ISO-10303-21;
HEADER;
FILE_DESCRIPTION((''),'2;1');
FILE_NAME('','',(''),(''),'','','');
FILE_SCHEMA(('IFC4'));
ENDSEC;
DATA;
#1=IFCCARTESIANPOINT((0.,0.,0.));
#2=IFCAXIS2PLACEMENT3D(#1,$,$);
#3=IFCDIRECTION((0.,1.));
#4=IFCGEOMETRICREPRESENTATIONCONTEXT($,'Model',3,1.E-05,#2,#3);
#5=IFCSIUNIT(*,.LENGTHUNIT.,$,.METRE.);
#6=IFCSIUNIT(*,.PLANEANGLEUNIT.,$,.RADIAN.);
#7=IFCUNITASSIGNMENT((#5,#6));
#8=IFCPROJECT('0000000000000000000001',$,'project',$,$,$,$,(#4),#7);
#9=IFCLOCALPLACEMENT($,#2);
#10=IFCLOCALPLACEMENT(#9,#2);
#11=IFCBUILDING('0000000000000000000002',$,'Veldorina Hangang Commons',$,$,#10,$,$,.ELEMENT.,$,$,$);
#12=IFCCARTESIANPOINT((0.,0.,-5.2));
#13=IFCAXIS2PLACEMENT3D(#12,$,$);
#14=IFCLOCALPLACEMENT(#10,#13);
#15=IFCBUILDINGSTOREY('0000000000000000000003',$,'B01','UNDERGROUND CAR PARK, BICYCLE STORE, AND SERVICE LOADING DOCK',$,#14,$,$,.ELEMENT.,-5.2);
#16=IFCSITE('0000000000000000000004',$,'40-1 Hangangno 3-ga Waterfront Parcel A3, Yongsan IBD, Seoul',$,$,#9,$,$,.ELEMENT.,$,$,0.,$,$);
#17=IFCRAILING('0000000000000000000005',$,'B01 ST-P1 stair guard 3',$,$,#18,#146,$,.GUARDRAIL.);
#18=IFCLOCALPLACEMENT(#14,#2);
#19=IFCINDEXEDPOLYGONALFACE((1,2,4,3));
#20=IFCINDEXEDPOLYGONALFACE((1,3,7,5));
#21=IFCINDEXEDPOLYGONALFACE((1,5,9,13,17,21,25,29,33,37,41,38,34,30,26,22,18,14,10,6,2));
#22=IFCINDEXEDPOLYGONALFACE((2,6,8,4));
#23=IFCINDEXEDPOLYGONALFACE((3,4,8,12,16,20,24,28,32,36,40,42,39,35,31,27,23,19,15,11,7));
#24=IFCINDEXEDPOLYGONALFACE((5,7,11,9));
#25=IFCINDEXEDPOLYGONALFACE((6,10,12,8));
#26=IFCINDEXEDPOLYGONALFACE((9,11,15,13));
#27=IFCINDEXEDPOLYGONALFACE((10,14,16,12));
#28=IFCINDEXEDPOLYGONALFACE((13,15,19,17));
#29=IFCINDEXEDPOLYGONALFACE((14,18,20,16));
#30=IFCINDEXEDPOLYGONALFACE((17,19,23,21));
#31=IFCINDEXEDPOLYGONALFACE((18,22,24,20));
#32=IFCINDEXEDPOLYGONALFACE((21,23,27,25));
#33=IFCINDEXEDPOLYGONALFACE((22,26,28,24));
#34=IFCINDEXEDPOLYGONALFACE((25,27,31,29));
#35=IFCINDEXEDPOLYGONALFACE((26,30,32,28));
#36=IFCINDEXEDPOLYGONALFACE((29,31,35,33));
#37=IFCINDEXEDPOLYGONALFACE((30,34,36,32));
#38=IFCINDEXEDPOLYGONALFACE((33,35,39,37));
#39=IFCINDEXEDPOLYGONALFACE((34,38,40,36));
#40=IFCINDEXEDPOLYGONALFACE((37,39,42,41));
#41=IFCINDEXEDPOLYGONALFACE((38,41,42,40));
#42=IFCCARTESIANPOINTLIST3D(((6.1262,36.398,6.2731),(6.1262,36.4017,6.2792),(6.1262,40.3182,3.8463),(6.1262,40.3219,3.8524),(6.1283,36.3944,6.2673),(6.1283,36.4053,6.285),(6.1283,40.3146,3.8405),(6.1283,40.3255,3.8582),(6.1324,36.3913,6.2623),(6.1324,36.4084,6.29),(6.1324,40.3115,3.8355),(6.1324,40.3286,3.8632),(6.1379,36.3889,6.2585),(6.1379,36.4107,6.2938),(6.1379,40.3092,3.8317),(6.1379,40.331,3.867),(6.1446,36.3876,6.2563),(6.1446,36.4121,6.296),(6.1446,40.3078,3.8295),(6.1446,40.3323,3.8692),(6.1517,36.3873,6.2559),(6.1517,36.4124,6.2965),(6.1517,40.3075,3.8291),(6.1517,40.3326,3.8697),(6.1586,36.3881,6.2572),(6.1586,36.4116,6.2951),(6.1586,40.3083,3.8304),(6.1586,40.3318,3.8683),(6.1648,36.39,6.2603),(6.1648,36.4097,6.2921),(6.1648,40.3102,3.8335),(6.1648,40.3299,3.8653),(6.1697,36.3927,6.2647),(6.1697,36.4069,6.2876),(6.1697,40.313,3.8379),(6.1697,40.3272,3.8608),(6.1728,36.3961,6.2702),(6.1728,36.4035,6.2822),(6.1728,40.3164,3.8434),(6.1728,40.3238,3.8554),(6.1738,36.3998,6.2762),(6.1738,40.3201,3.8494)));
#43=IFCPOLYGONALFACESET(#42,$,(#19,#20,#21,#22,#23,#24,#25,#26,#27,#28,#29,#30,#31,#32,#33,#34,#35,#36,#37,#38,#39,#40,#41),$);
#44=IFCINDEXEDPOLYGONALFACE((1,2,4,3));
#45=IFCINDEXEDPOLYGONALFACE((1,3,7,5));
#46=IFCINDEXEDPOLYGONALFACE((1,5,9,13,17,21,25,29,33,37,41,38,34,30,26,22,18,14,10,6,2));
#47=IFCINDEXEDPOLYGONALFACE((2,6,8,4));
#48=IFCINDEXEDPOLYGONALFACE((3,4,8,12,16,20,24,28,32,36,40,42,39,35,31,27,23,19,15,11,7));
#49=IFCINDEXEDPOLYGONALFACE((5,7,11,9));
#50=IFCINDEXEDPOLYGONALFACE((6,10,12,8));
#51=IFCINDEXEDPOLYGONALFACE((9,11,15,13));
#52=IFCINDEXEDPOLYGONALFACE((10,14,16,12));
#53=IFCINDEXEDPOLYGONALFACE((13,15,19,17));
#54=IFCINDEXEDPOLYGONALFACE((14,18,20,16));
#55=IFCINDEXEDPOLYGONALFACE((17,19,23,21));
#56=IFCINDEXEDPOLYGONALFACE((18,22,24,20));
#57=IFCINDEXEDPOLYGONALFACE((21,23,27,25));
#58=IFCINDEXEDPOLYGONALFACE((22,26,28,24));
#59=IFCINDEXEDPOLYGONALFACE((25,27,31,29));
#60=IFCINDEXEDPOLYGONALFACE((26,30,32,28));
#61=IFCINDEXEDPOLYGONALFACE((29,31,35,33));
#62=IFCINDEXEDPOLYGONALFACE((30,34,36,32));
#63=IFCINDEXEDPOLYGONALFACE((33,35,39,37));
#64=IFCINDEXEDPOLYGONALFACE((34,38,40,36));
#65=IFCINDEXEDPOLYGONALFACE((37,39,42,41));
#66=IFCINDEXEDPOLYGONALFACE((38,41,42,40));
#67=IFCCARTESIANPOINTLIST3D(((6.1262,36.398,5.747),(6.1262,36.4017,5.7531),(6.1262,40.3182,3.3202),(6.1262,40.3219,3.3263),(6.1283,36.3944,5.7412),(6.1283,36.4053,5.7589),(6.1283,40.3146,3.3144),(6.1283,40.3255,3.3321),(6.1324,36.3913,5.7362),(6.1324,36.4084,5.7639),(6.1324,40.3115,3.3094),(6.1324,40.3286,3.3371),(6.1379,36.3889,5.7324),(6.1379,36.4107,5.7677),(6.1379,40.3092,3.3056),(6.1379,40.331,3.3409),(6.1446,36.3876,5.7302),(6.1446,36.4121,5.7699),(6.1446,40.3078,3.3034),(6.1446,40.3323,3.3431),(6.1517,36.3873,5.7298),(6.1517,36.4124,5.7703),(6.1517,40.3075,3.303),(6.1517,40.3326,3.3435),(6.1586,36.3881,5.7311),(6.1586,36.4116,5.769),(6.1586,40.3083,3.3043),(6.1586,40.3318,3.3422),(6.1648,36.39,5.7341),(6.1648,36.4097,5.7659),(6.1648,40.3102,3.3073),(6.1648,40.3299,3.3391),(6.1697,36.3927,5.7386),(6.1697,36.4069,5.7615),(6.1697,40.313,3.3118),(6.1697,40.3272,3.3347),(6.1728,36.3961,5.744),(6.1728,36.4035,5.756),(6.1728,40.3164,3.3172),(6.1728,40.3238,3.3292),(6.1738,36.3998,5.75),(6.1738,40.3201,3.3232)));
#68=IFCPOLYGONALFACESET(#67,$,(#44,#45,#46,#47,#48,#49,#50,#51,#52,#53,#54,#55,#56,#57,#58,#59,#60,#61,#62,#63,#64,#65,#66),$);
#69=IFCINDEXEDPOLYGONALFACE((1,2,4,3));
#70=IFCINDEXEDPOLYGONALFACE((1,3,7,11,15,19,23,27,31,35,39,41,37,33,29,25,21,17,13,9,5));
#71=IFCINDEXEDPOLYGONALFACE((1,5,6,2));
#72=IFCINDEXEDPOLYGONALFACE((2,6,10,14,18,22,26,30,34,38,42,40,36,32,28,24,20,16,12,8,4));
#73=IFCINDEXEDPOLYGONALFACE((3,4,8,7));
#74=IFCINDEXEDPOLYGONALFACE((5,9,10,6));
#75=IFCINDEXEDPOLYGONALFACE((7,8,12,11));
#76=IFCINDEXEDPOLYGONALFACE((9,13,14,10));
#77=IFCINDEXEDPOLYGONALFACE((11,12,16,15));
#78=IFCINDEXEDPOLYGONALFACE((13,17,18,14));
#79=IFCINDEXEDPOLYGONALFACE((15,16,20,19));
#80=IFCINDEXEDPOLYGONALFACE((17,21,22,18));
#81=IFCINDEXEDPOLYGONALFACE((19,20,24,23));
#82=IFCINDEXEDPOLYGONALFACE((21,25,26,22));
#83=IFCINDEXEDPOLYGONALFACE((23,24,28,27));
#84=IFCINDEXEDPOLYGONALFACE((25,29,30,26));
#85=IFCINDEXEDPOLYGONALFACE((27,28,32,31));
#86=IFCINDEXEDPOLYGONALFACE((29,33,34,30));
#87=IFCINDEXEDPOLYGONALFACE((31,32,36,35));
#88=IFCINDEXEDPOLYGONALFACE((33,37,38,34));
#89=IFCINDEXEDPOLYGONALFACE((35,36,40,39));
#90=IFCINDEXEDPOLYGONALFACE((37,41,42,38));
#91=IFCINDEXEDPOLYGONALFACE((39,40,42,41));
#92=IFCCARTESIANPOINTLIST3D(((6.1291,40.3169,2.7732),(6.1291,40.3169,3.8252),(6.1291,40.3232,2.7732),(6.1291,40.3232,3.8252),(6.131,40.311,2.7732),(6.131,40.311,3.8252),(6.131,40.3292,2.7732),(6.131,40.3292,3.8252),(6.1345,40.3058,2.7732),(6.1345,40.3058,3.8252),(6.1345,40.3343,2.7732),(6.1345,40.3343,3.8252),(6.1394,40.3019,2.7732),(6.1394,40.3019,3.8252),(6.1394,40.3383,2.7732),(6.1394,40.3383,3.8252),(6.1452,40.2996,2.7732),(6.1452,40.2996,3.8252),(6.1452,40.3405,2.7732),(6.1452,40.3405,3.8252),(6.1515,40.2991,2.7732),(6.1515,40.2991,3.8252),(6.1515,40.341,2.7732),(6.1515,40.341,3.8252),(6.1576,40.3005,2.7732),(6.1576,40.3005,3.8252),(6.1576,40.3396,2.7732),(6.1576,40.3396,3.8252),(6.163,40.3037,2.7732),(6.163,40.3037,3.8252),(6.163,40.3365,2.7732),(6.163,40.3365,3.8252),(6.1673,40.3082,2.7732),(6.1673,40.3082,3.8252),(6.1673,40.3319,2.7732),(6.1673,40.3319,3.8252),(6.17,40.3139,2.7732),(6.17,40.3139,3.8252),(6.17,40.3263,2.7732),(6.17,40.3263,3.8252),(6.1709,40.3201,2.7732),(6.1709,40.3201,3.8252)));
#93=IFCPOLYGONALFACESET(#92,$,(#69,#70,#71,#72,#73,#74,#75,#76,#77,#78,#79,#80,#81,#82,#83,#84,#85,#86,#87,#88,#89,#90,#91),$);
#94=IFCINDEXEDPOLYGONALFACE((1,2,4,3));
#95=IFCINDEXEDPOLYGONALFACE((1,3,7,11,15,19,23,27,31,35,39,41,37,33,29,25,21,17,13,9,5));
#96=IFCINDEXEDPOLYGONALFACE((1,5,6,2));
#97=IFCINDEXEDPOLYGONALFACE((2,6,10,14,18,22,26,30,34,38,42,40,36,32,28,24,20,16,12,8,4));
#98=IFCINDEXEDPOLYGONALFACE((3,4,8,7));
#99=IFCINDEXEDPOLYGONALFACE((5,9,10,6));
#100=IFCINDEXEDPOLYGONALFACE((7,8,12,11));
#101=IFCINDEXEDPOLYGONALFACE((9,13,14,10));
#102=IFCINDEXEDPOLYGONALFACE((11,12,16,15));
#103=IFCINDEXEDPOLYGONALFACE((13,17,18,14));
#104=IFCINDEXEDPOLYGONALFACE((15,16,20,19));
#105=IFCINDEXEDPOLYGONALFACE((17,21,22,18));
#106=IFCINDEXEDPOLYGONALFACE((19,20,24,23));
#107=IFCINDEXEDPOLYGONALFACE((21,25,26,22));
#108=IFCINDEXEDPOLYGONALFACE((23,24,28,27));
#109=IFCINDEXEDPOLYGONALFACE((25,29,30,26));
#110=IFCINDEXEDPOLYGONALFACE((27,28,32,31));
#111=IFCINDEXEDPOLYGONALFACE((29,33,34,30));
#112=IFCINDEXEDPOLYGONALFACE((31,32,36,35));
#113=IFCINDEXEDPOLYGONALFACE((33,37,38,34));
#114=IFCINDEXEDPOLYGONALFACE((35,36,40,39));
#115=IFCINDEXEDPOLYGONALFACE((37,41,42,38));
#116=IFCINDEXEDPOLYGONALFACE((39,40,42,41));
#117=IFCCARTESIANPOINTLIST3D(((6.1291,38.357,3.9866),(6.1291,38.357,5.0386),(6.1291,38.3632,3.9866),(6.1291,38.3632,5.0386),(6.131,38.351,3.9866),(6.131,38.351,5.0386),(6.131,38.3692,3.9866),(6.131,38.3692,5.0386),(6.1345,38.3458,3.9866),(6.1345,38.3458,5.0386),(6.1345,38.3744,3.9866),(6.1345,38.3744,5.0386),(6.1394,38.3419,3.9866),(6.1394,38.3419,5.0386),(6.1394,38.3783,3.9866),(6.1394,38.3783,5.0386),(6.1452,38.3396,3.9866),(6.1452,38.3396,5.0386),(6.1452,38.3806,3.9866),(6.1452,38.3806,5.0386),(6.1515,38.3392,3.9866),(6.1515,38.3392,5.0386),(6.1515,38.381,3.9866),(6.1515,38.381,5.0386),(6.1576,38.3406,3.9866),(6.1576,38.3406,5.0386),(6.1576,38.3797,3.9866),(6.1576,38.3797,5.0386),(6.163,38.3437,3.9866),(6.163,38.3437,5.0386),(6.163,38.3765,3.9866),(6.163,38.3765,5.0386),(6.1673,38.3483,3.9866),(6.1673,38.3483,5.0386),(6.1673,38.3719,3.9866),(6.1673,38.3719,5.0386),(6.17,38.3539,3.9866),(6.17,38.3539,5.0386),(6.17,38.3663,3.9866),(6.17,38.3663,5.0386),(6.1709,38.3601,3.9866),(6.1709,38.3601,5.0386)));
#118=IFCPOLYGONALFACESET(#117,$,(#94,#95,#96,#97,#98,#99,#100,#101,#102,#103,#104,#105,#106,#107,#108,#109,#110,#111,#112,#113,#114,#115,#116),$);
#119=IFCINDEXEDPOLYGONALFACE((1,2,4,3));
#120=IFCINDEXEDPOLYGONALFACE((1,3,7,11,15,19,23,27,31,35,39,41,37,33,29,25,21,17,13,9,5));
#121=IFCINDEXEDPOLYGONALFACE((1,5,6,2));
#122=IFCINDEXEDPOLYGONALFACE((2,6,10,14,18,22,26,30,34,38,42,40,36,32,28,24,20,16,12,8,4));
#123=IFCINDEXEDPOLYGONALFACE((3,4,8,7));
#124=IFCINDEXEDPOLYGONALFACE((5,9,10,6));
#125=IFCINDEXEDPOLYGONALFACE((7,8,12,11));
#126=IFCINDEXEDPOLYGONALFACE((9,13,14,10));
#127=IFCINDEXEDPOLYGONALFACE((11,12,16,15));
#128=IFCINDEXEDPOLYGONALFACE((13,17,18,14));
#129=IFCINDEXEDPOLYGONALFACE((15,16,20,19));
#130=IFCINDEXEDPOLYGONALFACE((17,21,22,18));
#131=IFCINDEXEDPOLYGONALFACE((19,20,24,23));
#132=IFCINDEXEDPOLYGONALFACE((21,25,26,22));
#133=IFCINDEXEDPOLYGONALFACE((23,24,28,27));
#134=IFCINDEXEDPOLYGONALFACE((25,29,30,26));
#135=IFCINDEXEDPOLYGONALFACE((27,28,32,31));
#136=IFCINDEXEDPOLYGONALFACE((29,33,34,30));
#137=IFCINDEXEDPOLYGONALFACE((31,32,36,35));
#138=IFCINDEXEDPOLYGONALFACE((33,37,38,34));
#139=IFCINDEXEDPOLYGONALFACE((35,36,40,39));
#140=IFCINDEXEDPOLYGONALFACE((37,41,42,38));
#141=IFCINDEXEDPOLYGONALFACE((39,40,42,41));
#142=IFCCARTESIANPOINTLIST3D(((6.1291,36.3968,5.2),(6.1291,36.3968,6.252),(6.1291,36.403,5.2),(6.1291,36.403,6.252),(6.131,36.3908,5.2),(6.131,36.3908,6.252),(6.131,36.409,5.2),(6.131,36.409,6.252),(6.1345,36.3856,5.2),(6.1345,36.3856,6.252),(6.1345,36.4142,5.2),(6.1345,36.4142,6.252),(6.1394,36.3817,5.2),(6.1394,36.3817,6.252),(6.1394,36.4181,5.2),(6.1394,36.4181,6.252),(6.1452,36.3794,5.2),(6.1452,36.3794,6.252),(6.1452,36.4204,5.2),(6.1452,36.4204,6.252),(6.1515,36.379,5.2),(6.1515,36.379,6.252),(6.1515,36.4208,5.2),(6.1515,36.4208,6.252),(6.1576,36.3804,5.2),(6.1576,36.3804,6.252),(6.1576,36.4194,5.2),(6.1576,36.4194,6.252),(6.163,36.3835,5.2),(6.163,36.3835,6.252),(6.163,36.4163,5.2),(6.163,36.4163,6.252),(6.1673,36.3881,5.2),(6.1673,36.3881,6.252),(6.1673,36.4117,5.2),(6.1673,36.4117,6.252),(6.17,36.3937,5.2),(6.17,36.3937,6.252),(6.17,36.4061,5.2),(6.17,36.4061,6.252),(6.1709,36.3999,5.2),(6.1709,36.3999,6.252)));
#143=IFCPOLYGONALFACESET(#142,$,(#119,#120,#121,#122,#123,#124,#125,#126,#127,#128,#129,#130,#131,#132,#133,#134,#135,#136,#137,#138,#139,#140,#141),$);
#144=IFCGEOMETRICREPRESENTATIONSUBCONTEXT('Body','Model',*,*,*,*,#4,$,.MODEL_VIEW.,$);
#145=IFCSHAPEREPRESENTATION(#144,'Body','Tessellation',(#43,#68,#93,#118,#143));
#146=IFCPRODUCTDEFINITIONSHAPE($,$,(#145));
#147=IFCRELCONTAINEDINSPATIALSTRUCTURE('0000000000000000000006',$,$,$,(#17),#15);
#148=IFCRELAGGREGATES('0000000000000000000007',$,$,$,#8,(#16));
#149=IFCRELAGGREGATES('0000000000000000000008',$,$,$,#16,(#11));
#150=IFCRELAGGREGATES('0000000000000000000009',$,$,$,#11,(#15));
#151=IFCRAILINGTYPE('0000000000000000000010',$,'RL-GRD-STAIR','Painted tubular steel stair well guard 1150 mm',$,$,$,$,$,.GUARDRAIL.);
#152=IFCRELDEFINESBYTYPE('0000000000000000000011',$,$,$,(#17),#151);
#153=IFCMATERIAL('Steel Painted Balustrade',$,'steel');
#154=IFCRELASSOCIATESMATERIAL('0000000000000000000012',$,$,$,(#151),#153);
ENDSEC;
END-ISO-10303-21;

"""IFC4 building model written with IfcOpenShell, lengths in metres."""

from ifc_helpers import new_model, si_unit, direction, frame, origin, origin_2d, place, context, subcontext, project, spatial, circle, extrude, material, type_object, element, save


model = new_model("IFC4")

# Units and contexts
model_context = context("Model", 3, precision=1e-05, world=origin(), true_north=direction((0.0, 1.0)))
body_context = subcontext(model_context, "Body", "Model", "MODEL_VIEW")
ifc_project = project(units=[si_unit("LENGTHUNIT", "METRE"), si_unit("PLANEANGLEUNIT", "RADIAN")], contexts=[model_context])

# Site, building, storey
site_placement = place(None, origin())
site = spatial("IfcSite", under=ifc_project, at=site_placement, Name="40-1 Hangangno 3-ga Waterfront Parcel A3, Yongsan IBD, Seoul", CompositionType="ELEMENT", RefElevation=0.0)
building_placement = place(site_placement, origin())
building = spatial("IfcBuilding", under=site, at=building_placement, Name="Veldorina Hangang Commons", CompositionType="ELEMENT")
storey_placement = place(building_placement, frame((0.0, 0.0, -5.2)))
storey = spatial("IfcBuildingStorey", under=building, at=storey_placement, Name="B01", Description="UNDERGROUND CAR PARK, BICYCLE STORE, AND SERVICE LOADING DOCK", CompositionType="ELEMENT", Elevation=-5.2)

# Railing
ifc_material_1 = material(Name="Steel Painted Balustrade", Category="steel")
railing_type_1 = type_object("IfcRailingType", Name="RL-GRD-STAIR", Description="Painted tubular steel stair well guard 1150 mm", PredefinedType="GUARDRAIL", material=ifc_material_1)
railing_1_placement = place(storey_placement, frame((6.1499, 40.3201, 2.7732)))
element("IfcRailing", 1, at=railing_1_placement, inside=storey, type_object=railing_type_1, Name="B01 ST-P1 stair guard 3", PredefinedType="GUARDRAIL", context=body_context, shape_type="SweptSolid", body=[
    extrude(circle(Radius=0.0239, at=origin_2d()), frame((0.0, 0.0, 1.0762), z_axis=(0.0, -0.850266, 0.526353), x_axis=(1.0, 0.0, 0.0)), (0.0, 0.0, 1.0), 4.6106),
    extrude(circle(Radius=0.0239, at=origin_2d()), frame((0.0, 0.0, 0.55), z_axis=(0.0, -0.850266, 0.526353), x_axis=(1.0, 0.0, 0.0)), (0.0, 0.0, 1.0), 4.6106),
    extrude(circle(Radius=0.021, at=origin_2d()), origin(), (0.0, 0.0, 1.0), 1.052),
    extrude(circle(Radius=0.021, at=origin_2d()), frame((0.0, -1.96, 1.2134)), (0.0, 0.0, 1.0), 1.052),
    extrude(circle(Radius=0.021, at=origin_2d()), frame((0.0, -3.9202, 2.4268)), (0.0, 0.0, 1.0), 1.052),
])

save(model, "model.ifc")
